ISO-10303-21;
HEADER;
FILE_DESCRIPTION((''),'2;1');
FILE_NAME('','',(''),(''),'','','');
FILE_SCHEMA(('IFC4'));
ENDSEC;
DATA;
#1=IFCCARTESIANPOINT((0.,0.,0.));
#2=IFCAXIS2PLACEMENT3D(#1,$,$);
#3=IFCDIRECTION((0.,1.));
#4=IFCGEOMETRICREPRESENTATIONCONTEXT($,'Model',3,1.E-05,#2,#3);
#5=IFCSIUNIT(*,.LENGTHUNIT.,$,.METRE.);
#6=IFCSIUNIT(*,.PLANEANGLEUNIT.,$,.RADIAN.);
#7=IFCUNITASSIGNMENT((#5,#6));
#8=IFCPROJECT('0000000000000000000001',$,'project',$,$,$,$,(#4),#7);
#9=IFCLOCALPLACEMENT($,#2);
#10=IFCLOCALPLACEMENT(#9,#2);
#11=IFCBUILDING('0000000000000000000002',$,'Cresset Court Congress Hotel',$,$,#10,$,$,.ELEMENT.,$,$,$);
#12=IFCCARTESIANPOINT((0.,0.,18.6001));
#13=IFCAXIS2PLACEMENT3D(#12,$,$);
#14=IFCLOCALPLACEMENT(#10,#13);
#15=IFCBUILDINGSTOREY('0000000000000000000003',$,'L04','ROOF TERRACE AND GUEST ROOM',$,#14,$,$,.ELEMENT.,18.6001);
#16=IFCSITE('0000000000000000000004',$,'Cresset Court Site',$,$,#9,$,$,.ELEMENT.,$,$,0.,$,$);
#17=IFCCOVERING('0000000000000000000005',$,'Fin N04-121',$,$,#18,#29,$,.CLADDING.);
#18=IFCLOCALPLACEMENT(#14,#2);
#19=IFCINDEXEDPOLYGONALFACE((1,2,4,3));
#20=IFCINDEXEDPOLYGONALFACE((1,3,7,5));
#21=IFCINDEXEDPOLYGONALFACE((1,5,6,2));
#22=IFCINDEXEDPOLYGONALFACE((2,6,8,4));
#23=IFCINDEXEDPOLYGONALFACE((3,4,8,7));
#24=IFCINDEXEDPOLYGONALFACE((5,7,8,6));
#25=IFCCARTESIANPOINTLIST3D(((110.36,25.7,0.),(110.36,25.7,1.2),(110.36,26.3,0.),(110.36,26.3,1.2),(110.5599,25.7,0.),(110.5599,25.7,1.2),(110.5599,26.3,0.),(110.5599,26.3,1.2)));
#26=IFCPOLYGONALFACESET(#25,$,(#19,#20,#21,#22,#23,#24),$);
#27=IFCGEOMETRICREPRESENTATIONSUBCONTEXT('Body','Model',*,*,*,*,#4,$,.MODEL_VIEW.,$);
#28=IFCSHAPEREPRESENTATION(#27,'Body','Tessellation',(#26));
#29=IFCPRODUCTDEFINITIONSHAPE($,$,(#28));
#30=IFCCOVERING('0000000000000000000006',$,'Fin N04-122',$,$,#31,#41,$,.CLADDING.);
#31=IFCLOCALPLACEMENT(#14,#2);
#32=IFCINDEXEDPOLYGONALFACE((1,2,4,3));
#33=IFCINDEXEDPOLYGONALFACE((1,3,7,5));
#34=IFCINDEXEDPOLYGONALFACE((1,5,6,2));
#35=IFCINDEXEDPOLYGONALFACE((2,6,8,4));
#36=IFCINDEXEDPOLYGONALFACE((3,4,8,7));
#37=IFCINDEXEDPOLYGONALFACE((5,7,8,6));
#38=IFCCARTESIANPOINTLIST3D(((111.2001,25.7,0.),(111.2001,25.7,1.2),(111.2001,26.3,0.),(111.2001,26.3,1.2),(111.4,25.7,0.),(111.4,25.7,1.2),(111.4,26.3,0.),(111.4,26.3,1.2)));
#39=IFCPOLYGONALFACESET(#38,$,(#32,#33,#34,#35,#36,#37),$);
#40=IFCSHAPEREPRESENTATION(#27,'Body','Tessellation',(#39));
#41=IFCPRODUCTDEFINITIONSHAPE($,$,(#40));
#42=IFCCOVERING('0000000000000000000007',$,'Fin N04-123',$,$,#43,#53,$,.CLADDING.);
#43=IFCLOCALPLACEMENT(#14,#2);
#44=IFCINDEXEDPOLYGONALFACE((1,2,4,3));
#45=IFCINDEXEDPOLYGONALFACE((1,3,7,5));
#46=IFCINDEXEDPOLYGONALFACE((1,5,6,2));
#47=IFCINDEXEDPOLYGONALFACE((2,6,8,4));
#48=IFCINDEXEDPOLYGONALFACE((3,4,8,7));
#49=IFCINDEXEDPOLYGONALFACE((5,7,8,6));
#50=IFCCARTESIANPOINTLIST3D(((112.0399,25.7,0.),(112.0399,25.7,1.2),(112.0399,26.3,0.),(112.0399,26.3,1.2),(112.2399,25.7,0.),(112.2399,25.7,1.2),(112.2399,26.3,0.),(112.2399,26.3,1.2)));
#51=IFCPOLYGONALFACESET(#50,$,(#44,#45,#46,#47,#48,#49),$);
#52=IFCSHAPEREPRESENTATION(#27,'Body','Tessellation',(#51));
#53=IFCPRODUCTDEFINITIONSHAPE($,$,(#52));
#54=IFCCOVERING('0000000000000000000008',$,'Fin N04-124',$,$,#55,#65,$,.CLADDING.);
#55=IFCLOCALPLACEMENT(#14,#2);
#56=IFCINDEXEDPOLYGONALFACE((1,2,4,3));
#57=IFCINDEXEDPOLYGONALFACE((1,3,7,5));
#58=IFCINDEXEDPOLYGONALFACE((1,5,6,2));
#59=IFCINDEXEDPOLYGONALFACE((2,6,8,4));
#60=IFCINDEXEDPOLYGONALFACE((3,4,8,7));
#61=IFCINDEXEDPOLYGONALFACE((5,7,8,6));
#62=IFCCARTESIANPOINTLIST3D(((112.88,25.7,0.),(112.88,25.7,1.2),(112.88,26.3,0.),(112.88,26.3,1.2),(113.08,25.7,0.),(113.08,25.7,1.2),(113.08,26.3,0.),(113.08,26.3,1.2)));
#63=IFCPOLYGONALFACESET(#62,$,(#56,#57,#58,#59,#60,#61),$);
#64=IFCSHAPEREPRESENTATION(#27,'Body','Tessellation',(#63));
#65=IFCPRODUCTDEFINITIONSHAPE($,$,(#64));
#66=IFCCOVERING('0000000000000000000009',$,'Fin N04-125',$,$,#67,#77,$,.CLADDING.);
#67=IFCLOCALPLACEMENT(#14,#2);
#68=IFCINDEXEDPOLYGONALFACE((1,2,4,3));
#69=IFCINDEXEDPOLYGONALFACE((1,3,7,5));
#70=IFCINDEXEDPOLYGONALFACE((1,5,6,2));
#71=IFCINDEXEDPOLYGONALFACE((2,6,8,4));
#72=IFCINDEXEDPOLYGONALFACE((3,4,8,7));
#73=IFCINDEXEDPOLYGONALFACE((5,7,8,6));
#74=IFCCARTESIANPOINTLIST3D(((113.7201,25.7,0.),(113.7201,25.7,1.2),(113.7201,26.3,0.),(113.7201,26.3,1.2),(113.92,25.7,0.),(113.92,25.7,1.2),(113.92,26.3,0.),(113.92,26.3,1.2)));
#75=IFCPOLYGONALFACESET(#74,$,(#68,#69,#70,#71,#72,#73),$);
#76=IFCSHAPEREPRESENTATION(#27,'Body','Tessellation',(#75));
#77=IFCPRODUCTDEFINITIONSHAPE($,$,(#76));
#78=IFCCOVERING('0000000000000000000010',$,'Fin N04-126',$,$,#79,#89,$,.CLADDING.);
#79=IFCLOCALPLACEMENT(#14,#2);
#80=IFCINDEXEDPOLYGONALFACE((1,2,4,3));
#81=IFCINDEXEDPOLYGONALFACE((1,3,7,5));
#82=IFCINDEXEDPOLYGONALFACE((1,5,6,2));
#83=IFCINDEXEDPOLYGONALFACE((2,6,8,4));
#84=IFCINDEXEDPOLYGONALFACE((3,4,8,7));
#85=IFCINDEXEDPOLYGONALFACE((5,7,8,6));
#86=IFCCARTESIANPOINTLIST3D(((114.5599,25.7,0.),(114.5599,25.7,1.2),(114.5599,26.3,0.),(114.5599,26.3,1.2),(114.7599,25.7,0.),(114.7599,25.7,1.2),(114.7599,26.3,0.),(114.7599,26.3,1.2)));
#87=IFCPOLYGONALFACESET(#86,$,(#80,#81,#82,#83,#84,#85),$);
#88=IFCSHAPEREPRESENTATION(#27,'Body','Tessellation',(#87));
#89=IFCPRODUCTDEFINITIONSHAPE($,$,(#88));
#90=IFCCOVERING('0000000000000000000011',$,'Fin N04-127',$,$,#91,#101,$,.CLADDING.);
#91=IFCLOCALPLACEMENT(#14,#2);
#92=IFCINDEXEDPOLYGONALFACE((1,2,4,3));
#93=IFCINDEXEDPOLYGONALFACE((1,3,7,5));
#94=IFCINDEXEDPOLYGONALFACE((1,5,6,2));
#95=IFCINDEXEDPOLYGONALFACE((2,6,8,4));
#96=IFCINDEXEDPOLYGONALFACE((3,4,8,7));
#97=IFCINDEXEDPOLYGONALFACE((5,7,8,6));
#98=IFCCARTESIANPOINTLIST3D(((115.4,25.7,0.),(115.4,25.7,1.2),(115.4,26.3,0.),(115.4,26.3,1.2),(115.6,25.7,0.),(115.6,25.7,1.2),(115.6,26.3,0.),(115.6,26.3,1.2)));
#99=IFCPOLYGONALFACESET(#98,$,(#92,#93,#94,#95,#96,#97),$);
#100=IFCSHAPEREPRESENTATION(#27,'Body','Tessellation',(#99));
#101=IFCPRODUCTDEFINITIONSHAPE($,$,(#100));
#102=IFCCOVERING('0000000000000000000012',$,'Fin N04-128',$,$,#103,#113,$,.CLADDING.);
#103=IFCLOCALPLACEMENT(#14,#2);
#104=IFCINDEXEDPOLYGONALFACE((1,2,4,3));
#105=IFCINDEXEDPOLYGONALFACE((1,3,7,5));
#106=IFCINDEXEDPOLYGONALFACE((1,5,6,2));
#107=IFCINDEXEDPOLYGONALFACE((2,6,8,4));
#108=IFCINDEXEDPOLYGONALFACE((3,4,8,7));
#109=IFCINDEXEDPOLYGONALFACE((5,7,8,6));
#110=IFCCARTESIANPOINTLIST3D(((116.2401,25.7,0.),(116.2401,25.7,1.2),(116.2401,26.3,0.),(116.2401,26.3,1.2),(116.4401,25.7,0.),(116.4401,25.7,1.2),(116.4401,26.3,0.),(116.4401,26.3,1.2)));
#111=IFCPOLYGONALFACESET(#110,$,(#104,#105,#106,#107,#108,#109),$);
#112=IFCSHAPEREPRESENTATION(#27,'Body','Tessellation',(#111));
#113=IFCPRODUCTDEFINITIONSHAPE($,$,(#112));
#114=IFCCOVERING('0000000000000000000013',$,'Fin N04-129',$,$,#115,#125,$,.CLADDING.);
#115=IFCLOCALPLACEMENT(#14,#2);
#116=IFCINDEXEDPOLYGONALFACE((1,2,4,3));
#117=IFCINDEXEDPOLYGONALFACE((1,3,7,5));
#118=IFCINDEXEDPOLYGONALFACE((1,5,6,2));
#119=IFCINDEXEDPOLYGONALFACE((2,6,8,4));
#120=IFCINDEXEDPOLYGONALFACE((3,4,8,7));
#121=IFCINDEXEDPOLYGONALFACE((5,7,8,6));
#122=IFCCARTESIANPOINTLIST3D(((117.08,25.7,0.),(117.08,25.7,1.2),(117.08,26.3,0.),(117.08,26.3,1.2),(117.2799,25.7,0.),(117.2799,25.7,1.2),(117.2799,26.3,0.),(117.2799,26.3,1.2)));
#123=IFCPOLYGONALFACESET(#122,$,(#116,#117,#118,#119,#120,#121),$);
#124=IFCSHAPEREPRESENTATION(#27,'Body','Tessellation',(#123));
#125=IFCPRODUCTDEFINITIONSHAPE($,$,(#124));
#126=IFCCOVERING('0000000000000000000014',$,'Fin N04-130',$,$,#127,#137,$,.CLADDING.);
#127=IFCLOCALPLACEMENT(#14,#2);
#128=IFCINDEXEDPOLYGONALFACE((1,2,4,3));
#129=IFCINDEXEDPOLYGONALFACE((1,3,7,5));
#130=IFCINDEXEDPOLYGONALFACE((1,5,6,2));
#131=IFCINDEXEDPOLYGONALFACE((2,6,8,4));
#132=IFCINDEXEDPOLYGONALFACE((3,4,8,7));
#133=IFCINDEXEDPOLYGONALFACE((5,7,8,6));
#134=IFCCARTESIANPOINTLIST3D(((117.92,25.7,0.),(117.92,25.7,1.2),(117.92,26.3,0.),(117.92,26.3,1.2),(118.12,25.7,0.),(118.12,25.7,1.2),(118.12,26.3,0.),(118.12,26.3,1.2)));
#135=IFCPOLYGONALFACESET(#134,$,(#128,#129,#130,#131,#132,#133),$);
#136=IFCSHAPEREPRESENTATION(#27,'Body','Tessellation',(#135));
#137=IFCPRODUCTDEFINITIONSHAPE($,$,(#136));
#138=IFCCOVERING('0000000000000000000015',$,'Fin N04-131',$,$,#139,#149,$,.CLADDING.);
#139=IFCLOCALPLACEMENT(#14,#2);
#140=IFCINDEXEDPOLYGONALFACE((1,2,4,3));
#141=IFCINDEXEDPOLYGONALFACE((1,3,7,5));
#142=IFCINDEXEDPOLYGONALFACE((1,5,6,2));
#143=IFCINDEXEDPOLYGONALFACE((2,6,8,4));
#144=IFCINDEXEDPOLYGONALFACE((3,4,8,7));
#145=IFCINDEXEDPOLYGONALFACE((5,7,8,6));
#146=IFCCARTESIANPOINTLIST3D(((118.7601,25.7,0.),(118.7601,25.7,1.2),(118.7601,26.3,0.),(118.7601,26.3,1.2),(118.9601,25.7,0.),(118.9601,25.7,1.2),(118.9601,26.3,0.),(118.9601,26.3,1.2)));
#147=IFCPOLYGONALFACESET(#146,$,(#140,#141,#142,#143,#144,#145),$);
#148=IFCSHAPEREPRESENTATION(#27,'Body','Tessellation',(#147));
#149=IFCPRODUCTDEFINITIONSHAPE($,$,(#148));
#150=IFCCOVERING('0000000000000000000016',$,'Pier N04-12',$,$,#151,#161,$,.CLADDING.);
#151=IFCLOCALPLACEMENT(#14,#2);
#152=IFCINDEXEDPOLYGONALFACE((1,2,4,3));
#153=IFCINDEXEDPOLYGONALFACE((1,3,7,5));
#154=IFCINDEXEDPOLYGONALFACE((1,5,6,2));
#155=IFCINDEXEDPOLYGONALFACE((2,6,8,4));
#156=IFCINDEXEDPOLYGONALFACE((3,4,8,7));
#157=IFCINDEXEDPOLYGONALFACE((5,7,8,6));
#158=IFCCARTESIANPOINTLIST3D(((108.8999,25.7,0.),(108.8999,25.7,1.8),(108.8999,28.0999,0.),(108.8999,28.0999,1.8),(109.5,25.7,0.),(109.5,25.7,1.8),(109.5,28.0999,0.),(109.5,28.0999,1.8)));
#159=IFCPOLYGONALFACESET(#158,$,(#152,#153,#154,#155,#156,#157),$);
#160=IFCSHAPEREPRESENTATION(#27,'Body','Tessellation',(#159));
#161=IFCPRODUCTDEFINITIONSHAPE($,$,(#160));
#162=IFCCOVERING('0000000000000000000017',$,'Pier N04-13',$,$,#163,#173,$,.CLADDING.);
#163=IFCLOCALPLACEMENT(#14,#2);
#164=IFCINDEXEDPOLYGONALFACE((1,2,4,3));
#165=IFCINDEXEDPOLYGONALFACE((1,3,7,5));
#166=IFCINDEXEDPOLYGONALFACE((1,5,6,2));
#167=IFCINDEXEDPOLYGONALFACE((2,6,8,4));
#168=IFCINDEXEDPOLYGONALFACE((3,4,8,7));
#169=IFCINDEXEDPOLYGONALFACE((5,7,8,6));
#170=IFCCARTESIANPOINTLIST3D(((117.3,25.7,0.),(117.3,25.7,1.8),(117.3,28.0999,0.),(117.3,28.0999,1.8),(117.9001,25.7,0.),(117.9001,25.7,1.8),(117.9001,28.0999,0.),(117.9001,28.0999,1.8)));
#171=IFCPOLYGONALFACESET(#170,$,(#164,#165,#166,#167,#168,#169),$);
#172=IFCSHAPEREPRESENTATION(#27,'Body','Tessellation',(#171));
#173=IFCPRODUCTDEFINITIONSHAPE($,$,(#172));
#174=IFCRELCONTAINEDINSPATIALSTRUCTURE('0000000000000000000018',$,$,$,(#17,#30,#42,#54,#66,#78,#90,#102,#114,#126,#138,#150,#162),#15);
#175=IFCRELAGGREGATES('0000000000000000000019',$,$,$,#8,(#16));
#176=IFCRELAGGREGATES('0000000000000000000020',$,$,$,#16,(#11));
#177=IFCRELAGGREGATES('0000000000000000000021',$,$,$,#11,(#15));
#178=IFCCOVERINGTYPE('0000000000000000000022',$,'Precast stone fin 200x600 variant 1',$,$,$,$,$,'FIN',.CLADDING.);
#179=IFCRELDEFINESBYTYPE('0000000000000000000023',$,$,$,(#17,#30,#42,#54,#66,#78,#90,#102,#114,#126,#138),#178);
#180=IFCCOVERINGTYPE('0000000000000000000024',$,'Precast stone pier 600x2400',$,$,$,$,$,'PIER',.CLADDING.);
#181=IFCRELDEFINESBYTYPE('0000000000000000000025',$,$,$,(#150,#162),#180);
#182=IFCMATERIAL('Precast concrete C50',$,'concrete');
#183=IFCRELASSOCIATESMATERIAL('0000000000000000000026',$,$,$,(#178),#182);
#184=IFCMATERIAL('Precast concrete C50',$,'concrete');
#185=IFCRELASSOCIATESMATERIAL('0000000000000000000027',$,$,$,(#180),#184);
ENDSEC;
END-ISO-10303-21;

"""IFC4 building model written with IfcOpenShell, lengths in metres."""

from ifc_helpers import new_model, si_unit, direction, frame, origin, origin_2d, place, context, subcontext, project, spatial, rectangle, extrude, material, type_object, element, save


model = new_model("IFC4")

# Units and contexts
model_context = context("Model", 3, precision=1e-05, world=origin(), true_north=direction((0.0, 1.0)))
body_context = subcontext(model_context, "Body", "Model", "MODEL_VIEW")
ifc_project = project(units=[si_unit("LENGTHUNIT", "METRE"), si_unit("PLANEANGLEUNIT", "RADIAN")], contexts=[model_context])

# Site, building, storey
site_placement = place(None, origin())
site = spatial("IfcSite", under=ifc_project, at=site_placement, Name="Cresset Court Site", CompositionType="ELEMENT", RefElevation=0.0)
building_placement = place(site_placement, origin())
building = spatial("IfcBuilding", under=site, at=building_placement, Name="Cresset Court Congress Hotel", CompositionType="ELEMENT")
storey_placement = place(building_placement, frame((0.0, 0.0, 18.6001)))
storey = spatial("IfcBuildingStorey", under=building, at=storey_placement, Name="L04", Description="ROOF TERRACE AND GUEST ROOM", CompositionType="ELEMENT", Elevation=18.6001)

# Coverings
ifc_material_1 = material(Name="Precast concrete C50", Category="concrete")
covering_type_1 = type_object("IfcCoveringType", Name="Precast stone fin 200x600 variant 1", ElementType="FIN", PredefinedType="CLADDING", material=ifc_material_1)
for number, where, z_axis, x_axis, name in (
    (1, (110.46, 26.0, 0.0), (0.0, 0.0, 1.0), (1.0, 0.0, 0.0), "Fin N04-121"),
    (2, (111.3, 26.0, 0.0), (0.0, 0.0, 1.0), (1.0, 0.0, 0.0), "Fin N04-122"),
    (3, (112.1399, 26.0, 0.0), (0.0, 0.0, 1.0), (1.0, 0.0, 0.0), "Fin N04-123"),
    (4, (112.98, 26.0, 0.0), (0.0, 0.0, 1.0), (1.0, 0.0, 0.0), "Fin N04-124"),
    (5, (113.8201, 26.0, 0.0), (0.0, 0.0, 1.0), (1.0, 0.0, 0.0), "Fin N04-125"),
    (6, (114.6599, 26.0, 0.0), (0.0, 0.0, 1.0), (1.0, 0.0, 0.0), "Fin N04-126"),
    (7, (115.5, 26.0, 0.0), (0.0, 0.0, 1.0), (1.0, 0.0, 0.0), "Fin N04-127"),
    (8, (116.3401, 26.0, 0.0), (0.0, 0.0, 1.0), (1.0, 0.0, 0.0), "Fin N04-128"),
    (9, (117.1799, 26.0, 0.0), (0.0, 0.0, 1.0), (1.0, 0.0, 0.0), "Fin N04-129"),
    (10, (118.02, 26.0, 0.0), (0.0, 0.0, 1.0), (1.0, 0.0, 0.0), "Fin N04-130"),
    (11, (118.8601, 26.0, 0.0), (0.0, 0.0, 1.0), (1.0, 0.0, 0.0), "Fin N04-131"),
):
    element("IfcCovering", number, at=place(storey_placement, frame(where, z_axis=z_axis, x_axis=x_axis)), inside=storey, type_object=covering_type_1, Name=name, PredefinedType="CLADDING", context=body_context, shape_type="SweptSolid", body=[
        extrude(rectangle(XDim=0.2, YDim=0.6001, at=origin_2d()), origin(), (0.0, 0.0, 1.0), 1.2),
    ])
ifc_material_2 = material(Name="Precast concrete C50", Category="concrete")
covering_type_2 = type_object("IfcCoveringType", Name="Precast stone pier 600x2400", ElementType="PIER", PredefinedType="CLADDING", material=ifc_material_2)
for number, where, z_axis, x_axis, name in (
    (12, (109.2, 26.8999, 0.0), (0.0, 0.0, 1.0), (1.0, 0.0, 0.0), "Pier N04-12"),
    (13, (117.6001, 26.8999, 0.0), (0.0, 0.0, 1.0), (1.0, 0.0, 0.0), "Pier N04-13"),
):
    element("IfcCovering", number, at=place(storey_placement, frame(where, z_axis=z_axis, x_axis=x_axis)), inside=storey, type_object=covering_type_2, Name=name, PredefinedType="CLADDING", context=body_context, shape_type="SweptSolid", body=[
        extrude(rectangle(XDim=0.6001, YDim=2.3999, at=origin_2d()), origin(), (0.0, 0.0, 1.0), 1.8),
    ])

save(model, "model.ifc")
